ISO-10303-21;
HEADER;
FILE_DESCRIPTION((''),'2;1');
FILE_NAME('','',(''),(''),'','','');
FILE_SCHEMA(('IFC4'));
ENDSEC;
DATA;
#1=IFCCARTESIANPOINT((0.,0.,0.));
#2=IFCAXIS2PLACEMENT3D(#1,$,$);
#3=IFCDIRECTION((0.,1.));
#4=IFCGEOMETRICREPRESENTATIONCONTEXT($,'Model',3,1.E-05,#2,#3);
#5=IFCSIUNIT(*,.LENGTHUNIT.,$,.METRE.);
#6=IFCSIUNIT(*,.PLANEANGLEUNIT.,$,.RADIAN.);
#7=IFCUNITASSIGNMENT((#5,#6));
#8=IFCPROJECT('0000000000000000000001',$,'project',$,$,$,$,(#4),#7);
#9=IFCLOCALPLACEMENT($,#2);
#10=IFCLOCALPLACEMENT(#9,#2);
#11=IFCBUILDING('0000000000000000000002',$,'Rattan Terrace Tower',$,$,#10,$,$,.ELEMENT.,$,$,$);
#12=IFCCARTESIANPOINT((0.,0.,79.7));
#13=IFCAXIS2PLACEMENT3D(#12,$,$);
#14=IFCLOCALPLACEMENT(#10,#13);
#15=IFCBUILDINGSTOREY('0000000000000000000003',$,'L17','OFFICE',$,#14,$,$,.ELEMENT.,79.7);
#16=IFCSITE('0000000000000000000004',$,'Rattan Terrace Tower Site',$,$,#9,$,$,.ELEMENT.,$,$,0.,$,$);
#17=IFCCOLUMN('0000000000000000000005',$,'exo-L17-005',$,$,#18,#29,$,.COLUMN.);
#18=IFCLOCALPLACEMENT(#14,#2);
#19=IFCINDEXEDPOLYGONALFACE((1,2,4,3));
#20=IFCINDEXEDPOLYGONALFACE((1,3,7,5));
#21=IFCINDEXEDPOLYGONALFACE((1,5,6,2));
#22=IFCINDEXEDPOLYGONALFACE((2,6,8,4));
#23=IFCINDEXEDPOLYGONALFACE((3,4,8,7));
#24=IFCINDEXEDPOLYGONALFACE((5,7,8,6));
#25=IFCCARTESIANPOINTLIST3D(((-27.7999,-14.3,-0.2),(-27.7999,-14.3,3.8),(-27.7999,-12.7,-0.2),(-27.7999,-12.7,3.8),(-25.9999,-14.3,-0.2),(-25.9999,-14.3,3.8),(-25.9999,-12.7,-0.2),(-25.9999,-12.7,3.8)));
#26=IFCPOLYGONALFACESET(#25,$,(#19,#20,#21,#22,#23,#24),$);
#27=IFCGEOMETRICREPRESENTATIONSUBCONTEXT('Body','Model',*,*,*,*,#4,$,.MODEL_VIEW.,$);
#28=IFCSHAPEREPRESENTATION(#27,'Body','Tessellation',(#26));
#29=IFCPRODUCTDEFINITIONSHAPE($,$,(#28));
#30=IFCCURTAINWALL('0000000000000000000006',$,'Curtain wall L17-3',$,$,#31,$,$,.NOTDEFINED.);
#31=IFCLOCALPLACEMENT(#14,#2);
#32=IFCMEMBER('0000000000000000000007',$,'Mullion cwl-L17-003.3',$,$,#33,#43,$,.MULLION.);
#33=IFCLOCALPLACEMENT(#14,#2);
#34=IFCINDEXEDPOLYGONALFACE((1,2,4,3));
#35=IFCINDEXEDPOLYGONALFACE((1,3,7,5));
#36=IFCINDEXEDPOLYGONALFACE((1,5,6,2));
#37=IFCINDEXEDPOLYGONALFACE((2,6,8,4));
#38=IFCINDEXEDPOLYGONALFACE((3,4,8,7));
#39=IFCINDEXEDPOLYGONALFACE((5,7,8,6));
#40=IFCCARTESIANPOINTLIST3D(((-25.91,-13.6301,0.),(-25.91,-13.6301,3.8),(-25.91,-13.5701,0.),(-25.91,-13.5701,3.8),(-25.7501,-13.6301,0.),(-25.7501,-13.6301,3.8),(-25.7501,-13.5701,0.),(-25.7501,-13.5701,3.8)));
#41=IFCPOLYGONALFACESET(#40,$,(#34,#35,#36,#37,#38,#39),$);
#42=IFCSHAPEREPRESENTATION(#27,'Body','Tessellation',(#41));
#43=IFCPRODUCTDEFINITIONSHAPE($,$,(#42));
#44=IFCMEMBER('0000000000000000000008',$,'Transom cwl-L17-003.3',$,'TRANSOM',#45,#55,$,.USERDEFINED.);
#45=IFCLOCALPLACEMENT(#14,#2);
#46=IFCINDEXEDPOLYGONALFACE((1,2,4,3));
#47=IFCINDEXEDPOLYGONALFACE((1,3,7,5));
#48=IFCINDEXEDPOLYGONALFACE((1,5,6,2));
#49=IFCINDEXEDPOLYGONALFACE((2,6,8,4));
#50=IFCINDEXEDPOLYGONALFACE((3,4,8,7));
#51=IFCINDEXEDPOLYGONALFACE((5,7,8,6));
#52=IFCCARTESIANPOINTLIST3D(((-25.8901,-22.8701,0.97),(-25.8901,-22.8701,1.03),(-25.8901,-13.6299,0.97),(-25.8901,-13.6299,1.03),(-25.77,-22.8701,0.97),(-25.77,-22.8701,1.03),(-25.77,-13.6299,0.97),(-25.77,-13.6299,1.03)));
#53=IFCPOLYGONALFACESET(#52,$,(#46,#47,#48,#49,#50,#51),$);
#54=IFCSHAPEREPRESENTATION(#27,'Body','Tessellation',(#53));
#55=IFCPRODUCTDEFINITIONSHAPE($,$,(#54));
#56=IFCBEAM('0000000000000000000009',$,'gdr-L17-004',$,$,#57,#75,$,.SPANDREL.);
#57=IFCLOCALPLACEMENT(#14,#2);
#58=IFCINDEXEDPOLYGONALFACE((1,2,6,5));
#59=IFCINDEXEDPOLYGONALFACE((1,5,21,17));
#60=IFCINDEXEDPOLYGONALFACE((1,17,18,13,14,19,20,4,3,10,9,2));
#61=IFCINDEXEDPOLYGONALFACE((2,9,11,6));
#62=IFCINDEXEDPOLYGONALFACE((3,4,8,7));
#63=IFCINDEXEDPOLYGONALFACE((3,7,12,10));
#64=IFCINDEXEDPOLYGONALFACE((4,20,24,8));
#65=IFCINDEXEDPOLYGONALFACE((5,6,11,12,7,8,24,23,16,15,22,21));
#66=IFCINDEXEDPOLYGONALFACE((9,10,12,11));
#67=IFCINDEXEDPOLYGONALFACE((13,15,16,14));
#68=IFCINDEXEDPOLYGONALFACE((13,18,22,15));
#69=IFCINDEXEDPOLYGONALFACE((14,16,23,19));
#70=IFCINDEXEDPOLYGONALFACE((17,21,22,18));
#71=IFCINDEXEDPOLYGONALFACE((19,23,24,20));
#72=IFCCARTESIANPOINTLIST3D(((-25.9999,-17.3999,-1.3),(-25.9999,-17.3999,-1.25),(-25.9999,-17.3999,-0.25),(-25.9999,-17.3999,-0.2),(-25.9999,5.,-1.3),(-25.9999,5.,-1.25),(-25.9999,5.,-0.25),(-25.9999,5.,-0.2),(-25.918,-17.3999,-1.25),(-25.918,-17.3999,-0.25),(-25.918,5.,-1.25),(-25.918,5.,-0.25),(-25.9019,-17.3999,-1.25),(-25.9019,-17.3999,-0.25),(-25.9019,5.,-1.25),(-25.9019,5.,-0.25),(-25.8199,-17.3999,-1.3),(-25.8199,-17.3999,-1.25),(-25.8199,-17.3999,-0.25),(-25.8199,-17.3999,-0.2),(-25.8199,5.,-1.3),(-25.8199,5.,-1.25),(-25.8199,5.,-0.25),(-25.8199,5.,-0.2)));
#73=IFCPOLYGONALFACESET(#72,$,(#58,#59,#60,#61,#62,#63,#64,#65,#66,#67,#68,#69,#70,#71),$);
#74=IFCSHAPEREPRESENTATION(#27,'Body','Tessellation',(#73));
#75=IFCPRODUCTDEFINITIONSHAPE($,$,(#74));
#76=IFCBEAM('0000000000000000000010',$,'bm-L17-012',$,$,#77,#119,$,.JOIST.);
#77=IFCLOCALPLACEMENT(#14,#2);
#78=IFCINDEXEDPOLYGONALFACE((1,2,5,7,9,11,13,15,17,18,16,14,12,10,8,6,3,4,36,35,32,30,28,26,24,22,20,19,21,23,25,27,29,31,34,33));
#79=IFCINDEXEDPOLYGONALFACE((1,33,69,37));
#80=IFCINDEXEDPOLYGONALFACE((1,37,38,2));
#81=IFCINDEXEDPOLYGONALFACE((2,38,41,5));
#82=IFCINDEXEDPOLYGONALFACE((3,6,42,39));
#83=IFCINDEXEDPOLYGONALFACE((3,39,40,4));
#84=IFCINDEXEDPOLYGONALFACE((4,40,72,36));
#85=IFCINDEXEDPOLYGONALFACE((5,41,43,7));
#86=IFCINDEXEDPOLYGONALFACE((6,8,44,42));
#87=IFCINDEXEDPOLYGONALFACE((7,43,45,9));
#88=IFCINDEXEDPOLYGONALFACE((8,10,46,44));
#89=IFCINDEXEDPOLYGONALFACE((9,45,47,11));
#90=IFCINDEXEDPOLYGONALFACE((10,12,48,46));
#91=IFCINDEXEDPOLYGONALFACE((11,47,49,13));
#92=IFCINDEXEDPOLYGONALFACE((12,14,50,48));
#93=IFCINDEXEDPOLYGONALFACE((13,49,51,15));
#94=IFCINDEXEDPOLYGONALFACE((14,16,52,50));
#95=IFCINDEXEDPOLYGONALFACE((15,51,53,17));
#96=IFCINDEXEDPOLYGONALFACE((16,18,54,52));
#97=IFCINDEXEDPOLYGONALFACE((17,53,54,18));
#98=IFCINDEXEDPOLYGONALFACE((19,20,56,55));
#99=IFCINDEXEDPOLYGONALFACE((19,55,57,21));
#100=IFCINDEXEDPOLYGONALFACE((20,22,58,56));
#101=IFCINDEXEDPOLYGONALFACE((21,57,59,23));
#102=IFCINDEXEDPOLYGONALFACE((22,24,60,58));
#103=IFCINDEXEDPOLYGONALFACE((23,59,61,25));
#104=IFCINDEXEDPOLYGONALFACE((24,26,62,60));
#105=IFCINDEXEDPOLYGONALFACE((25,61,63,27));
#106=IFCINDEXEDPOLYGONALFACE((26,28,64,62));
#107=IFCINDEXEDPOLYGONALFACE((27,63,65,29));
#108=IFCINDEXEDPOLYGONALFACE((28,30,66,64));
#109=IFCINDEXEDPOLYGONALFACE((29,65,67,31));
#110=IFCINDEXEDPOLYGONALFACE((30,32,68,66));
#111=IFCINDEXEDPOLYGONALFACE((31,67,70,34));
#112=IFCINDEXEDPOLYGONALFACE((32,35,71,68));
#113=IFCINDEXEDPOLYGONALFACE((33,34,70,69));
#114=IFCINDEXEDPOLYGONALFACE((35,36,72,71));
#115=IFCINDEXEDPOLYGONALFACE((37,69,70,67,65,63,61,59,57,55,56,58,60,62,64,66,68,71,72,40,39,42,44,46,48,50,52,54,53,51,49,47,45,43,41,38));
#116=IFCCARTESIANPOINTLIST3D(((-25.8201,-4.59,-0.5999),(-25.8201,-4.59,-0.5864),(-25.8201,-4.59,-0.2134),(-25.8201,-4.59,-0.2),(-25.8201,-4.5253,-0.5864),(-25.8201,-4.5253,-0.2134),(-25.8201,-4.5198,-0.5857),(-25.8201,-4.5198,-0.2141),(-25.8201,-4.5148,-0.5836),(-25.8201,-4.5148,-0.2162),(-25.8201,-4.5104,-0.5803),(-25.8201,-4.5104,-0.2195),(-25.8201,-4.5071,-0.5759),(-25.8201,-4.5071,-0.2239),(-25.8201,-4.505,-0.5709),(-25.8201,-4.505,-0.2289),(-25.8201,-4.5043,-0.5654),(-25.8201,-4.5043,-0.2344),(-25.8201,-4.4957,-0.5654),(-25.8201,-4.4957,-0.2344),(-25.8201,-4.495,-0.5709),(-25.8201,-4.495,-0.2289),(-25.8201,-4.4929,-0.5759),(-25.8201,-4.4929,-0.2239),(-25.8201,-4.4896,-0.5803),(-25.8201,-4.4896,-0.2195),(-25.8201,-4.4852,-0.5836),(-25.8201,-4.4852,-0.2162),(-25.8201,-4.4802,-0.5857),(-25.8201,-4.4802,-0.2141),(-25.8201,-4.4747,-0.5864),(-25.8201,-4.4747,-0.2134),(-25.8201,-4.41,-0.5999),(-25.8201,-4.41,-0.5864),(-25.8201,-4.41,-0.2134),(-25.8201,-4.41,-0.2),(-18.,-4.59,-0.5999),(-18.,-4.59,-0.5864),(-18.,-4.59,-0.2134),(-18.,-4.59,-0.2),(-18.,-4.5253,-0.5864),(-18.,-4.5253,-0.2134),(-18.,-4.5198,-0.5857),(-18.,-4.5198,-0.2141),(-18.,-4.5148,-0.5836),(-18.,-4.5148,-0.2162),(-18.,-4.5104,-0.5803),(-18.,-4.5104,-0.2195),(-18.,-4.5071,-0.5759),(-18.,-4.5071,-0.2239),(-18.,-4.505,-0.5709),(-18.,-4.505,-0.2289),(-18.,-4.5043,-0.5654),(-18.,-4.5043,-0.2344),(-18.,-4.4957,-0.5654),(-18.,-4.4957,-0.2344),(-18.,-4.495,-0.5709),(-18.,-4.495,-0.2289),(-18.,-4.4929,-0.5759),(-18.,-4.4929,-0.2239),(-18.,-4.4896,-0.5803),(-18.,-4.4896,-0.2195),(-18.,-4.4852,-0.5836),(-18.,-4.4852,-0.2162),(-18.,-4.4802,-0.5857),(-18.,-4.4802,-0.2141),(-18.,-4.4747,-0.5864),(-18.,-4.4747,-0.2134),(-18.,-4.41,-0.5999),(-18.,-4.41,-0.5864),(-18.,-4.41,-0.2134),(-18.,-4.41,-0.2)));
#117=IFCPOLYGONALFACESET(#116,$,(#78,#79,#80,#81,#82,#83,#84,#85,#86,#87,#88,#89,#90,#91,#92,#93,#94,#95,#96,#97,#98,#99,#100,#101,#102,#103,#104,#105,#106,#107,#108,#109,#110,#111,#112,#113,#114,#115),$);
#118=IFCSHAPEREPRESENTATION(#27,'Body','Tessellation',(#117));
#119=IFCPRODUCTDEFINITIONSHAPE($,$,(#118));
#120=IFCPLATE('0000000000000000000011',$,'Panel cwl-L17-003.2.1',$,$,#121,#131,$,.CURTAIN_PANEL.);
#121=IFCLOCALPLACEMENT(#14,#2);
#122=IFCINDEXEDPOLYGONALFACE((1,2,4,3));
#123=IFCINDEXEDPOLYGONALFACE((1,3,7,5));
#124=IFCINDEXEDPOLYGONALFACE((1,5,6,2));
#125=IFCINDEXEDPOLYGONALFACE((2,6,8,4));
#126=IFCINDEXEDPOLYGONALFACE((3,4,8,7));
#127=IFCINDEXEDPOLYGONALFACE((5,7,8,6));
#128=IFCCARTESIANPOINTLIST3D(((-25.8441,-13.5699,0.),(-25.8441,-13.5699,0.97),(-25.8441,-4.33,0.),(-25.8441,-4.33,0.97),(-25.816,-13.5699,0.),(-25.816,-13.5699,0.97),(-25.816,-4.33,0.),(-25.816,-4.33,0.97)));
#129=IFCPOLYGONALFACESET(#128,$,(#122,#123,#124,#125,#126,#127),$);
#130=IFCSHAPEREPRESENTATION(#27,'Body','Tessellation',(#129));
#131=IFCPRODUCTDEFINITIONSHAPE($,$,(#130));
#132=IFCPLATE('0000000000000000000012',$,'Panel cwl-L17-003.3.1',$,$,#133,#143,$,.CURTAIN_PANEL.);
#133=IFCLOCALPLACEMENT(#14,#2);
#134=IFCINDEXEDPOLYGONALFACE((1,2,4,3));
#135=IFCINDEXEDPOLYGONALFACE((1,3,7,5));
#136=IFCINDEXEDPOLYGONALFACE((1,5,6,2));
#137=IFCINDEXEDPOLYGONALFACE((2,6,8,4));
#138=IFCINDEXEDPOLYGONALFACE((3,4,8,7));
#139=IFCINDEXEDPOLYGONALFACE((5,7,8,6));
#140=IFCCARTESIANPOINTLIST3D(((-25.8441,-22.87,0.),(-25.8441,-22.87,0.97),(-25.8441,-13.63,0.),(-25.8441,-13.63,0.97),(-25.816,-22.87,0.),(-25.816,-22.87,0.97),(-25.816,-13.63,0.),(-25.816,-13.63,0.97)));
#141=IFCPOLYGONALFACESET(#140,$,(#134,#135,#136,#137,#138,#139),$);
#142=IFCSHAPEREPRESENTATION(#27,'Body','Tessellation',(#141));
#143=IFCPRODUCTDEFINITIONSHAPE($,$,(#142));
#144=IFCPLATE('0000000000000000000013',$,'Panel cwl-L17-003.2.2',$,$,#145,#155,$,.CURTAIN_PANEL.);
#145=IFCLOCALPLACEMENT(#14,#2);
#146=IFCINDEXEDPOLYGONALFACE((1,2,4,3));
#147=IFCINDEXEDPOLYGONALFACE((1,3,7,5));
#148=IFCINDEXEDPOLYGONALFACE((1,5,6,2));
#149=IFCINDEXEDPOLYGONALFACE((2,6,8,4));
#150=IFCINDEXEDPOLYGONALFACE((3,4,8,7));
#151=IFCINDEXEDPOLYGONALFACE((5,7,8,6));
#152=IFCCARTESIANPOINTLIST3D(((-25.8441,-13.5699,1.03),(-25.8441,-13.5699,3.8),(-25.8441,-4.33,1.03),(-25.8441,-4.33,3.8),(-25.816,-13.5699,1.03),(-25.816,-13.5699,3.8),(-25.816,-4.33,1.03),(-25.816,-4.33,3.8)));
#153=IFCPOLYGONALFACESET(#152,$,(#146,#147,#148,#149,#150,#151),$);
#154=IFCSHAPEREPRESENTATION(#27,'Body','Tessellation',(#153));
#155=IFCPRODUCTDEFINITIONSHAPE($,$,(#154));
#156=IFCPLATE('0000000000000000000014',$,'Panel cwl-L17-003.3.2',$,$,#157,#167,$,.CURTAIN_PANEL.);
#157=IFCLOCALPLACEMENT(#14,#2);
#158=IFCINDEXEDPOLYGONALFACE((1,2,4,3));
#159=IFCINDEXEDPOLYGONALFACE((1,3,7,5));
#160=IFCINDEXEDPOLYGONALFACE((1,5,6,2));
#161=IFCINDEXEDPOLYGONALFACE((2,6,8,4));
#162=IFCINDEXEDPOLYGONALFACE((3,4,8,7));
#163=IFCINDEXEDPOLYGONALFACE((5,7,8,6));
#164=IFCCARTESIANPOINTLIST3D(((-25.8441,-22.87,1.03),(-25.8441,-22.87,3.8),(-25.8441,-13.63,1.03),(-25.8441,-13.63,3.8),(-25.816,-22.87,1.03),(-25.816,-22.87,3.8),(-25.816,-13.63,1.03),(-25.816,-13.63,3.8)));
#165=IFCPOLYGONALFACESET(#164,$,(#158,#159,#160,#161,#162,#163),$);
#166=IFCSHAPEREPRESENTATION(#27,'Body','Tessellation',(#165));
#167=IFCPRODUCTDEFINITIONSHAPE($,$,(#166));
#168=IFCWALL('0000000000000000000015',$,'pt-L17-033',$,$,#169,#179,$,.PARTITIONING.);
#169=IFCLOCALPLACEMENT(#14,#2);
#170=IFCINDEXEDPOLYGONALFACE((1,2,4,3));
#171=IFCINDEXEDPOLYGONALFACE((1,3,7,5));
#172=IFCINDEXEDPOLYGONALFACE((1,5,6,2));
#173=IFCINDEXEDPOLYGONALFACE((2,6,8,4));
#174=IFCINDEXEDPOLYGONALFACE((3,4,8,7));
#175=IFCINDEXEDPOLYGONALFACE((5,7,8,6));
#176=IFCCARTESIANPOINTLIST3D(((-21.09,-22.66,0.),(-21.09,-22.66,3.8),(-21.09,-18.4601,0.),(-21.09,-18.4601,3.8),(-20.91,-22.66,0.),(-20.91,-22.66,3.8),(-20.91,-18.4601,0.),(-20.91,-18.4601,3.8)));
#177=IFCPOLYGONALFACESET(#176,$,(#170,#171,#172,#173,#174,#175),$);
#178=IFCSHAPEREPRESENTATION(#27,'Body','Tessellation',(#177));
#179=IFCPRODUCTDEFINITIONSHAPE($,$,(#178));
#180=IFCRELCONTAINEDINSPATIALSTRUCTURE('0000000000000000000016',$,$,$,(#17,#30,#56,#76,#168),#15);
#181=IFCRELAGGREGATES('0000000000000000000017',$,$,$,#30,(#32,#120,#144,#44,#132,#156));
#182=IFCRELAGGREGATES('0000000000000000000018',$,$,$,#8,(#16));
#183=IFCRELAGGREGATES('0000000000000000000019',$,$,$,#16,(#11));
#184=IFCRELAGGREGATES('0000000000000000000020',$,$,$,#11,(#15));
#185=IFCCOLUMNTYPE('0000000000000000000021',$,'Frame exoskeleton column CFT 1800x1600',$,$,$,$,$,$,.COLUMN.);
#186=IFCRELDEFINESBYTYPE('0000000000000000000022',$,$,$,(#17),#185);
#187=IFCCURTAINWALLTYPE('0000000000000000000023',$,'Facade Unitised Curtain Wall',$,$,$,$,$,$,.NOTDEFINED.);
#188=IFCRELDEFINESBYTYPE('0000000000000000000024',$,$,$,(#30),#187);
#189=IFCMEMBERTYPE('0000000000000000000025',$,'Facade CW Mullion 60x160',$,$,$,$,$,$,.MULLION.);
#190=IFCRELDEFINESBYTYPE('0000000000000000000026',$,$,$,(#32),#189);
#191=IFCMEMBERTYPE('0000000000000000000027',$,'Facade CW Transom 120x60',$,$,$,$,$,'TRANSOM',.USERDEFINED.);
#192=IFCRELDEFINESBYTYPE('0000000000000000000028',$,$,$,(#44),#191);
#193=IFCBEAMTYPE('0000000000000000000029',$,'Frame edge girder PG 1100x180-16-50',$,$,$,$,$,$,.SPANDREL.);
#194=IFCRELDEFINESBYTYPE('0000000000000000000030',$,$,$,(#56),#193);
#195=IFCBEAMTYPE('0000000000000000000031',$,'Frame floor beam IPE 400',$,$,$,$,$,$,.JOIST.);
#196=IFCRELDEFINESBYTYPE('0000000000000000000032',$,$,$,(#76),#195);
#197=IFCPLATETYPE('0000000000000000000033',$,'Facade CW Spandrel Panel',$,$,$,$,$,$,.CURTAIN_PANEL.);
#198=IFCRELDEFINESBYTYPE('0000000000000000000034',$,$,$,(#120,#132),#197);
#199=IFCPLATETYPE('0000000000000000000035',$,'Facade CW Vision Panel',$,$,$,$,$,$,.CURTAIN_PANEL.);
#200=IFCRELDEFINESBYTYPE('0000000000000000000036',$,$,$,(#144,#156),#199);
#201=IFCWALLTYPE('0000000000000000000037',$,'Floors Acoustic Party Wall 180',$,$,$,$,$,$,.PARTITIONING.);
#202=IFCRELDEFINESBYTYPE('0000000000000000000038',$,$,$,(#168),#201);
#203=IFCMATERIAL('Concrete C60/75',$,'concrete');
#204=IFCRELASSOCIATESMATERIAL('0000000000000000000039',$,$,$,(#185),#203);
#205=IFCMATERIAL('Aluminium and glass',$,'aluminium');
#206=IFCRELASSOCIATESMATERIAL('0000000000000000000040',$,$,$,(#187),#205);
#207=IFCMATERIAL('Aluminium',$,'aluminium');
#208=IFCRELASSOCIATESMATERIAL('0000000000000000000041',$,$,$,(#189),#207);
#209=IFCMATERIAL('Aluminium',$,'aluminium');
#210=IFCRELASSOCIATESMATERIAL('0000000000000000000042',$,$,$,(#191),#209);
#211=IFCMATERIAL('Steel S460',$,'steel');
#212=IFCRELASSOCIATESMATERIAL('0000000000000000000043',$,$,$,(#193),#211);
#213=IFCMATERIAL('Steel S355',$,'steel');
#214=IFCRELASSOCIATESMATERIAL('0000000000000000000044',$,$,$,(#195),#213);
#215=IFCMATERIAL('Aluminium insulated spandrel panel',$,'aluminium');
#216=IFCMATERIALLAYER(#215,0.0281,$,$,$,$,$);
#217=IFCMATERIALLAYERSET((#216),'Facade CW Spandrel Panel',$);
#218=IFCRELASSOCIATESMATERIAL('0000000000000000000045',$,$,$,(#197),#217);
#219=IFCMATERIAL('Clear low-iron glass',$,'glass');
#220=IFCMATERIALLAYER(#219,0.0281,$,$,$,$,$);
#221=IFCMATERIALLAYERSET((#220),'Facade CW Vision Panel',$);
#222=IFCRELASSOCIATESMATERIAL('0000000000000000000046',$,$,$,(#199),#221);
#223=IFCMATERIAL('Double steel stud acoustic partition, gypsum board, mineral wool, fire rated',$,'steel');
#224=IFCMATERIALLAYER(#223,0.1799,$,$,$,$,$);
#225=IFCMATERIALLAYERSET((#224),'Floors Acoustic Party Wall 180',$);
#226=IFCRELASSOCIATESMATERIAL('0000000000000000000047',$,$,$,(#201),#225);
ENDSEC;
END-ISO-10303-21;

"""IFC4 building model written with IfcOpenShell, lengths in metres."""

from ifc_helpers import new_model, si_unit, direction, frame, frame_2d, origin, origin_2d, place, context, subcontext, project, spatial, rectangle, i_section, extrude, material, layer, layer_set, material_profile, profile_set, type_object, element, aggregate, save


model = new_model("IFC4")

# Units and contexts
model_context = context("Model", 3, precision=1e-05, world=origin(), true_north=direction((0.0, 1.0)))
body_context = subcontext(model_context, "Body", "Model", "MODEL_VIEW")
ifc_project = project(units=[si_unit("LENGTHUNIT", "METRE"), si_unit("PLANEANGLEUNIT", "RADIAN")], contexts=[model_context])

# Site, building, storey
site_placement = place(None, origin())
site = spatial("IfcSite", under=ifc_project, at=site_placement, Name="Rattan Terrace Tower Site", CompositionType="ELEMENT", RefElevation=0.0)
building_placement = place(site_placement, origin())
building = spatial("IfcBuilding", under=site, at=building_placement, Name="Rattan Terrace Tower", CompositionType="ELEMENT")
storey_placement = place(building_placement, frame((0.0, 0.0, 79.7)))
storey = spatial("IfcBuildingStorey", under=building, at=storey_placement, Name="L17", Description="OFFICE", CompositionType="ELEMENT", Elevation=79.7)

# Column
ifc_material_1 = material(Name="Concrete C60/75", Category="concrete")
ifc_material_profile_1 = material_profile(ifc_material_1, rectangle(XDim=1.6001, YDim=1.8, at=origin_2d()), Name="CFT 1800x1600")
ifc_profile_set_1 = profile_set([ifc_material_profile_1], Name="Concrete C60/75")
column_type = type_object("IfcColumnType", Name="Frame exoskeleton column CFT 1800x1600", PredefinedType="COLUMN", material=ifc_profile_set_1)
column_placement = place(storey_placement, frame((-26.8999, -13.5, -0.2), z_axis=(0.0, 0.0, 1.0), x_axis=(0.0, 1.0, 0.0)))
element("IfcColumn", 1, at=column_placement, inside=storey, type_object=column_type, Name="exo-L17-005", PredefinedType="COLUMN", context=body_context, shape_type="SweptSolid", body=[
    extrude(rectangle(XDim=1.6001, YDim=1.8, at=origin_2d()), origin(), (0.0, 0.0, 1.0), 4.0),
])

# Curtain wall, members
ifc_material_2 = material(Name="Aluminium and glass", Category="aluminium")
curtain_wall_type = type_object("IfcCurtainWallType", Name="Facade Unitised Curtain Wall", PredefinedType="NOTDEFINED", material=ifc_material_2)
curtain_wall_placement = place(storey_placement, origin())
curtain_wall = element("IfcCurtainWall", 2, at=curtain_wall_placement, inside=storey, type_object=curtain_wall_type, Name="Curtain wall L17-3", PredefinedType="NOTDEFINED")
ifc_material_3 = material(Name="Aluminium", Category="aluminium")
ifc_material_profile_2 = material_profile(ifc_material_3, rectangle(XDim=0.0601, YDim=0.1599, at=origin_2d()), Name="Aluminium 60x160")
ifc_profile_set_2 = profile_set([ifc_material_profile_2], Name="Aluminium")
member_type_1 = type_object("IfcMemberType", Name="Facade CW Mullion 60x160", PredefinedType="MULLION", material=ifc_profile_set_2)
member_1_placement = place(storey_placement, frame((-25.8301, -13.6001, 0.0), z_axis=(0.0, 0.0, 1.0), x_axis=(0.0, -1.0, 0.0)))
member_1 = element("IfcMember", 3, at=member_1_placement, type_object=member_type_1, Name="Mullion cwl-L17-003.3", PredefinedType="MULLION", context=body_context, shape_type="SweptSolid", body=[
    extrude(rectangle(XDim=0.0601, YDim=0.1599, at=origin_2d()), origin(), (0.0, 0.0, 1.0), 3.8),
])
ifc_material_4 = material(Name="Aluminium", Category="aluminium")
ifc_material_profile_3 = material_profile(ifc_material_4, rectangle(XDim=0.1201, YDim=0.0601, at=origin_2d()), Name="Aluminium 120x60")
ifc_profile_set_3 = profile_set([ifc_material_profile_3], Name="Aluminium")
member_type_2 = type_object("IfcMemberType", Name="Facade CW Transom 120x60", ElementType="TRANSOM", PredefinedType="USERDEFINED", material=ifc_profile_set_3)
member_2_placement = place(storey_placement, frame((-25.8301, -13.6299, 1.0), z_axis=(0.0, -1.0, 0.0), x_axis=(1.0, 0.0, 0.0)))
member_2 = element("IfcMember", 4, at=member_2_placement, type_object=member_type_2, Name="Transom cwl-L17-003.3", ObjectType="TRANSOM", PredefinedType="USERDEFINED", context=body_context, shape_type="SweptSolid", body=[
    extrude(rectangle(XDim=0.1201, YDim=0.0601, at=origin_2d()), origin(), (0.0, 0.0, 1.0), 9.2402),
])

# Beams
ifc_material_5 = material(Name="Steel S460", Category="steel")
ifc_material_profile_4 = material_profile(ifc_material_5, i_section(OverallWidth=0.1799, OverallDepth=1.1001, WebThickness=0.0161, FlangeThickness=0.05, at=origin_2d()), Name="PG 1100x180-16-50")
ifc_profile_set_4 = profile_set([ifc_material_profile_4], Name="Steel S460")
beam_type_1 = type_object("IfcBeamType", Name="Frame edge girder PG 1100x180-16-50", PredefinedType="SPANDREL", material=ifc_profile_set_4)
beam_1_placement = place(storey_placement, frame((-25.9099, -17.3999, -0.75), z_axis=(0.0, 1.0, 0.0), x_axis=(-1.0, 0.0, 0.0)))
element("IfcBeam", 5, at=beam_1_placement, inside=storey, type_object=beam_type_1, Name="gdr-L17-004", PredefinedType="SPANDREL", context=body_context, shape_type="SweptSolid", body=[
    extrude(i_section(OverallWidth=0.1799, OverallDepth=1.1001, WebThickness=0.0161, FlangeThickness=0.05, at=origin_2d()), origin(), (0.0, 0.0, 1.0), 22.3999),
])
ifc_material_6 = material(Name="Steel S355", Category="steel")
ifc_material_profile_5 = material_profile(ifc_material_6, i_section(OverallWidth=0.1799, OverallDepth=0.3999, WebThickness=0.0085, FlangeThickness=0.0134, FilletRadius=0.021, at=origin_2d()), Name="IPE 400")
ifc_profile_set_5 = profile_set([ifc_material_profile_5], Name="Steel S355")
beam_type_2 = type_object("IfcBeamType", Name="Frame floor beam IPE 400", PredefinedType="JOIST", material=ifc_profile_set_5)
beam_2_placement = place(storey_placement, frame((-25.8201, -4.5, -0.3999), z_axis=(1.0, 0.0, 0.0), x_axis=(0.0, 1.0, 0.0)))
element("IfcBeam", 6, at=beam_2_placement, inside=storey, type_object=beam_type_2, Name="bm-L17-012", PredefinedType="JOIST", context=body_context, shape_type="SweptSolid", body=[
    extrude(i_section(OverallWidth=0.1799, OverallDepth=0.3999, WebThickness=0.0085, FlangeThickness=0.0134, FilletRadius=0.021, at=origin_2d()), origin(), (0.0, 0.0, 1.0), 7.8201),
])

# Plates
ifc_material_7 = material(Name="Aluminium insulated spandrel panel", Category="aluminium")
ifc_layer_1 = layer(ifc_material_7, 0.0281)
ifc_layer_set_1 = layer_set([ifc_layer_1], Name="Facade CW Spandrel Panel")
plate_type_1 = type_object("IfcPlateType", Name="Facade CW Spandrel Panel", PredefinedType="CURTAIN_PANEL", material=ifc_layer_set_1)
plate_1_placement = place(storey_placement, frame((-25.8301, -8.95, 0.0), z_axis=(0.0, 0.0, 1.0), x_axis=(0.0, -1.0, 0.0)))
plate_1 = element("IfcPlate", 7, at=plate_1_placement, type_object=plate_type_1, Name="Panel cwl-L17-003.2.1", PredefinedType="CURTAIN_PANEL", context=body_context, shape_type="SweptSolid", body=[
    extrude(rectangle(XDim=9.24, YDim=0.0281, at=origin_2d()), origin(), (0.0, 0.0, 1.0), 0.97),
])
plate_2_placement = place(storey_placement, frame((-25.8301, -18.25, 0.0), z_axis=(0.0, 0.0, 1.0), x_axis=(0.0, -1.0, 0.0)))
plate_2 = element("IfcPlate", 8, at=plate_2_placement, type_object=plate_type_1, Name="Panel cwl-L17-003.3.1", PredefinedType="CURTAIN_PANEL", context=body_context, shape_type="SweptSolid", body=[
    extrude(rectangle(XDim=9.24, YDim=0.0281, at=origin_2d()), origin(), (0.0, 0.0, 1.0), 0.97),
])
ifc_material_8 = material(Name="Clear low-iron glass", Category="glass")
ifc_layer_2 = layer(ifc_material_8, 0.0281)
ifc_layer_set_2 = layer_set([ifc_layer_2], Name="Facade CW Vision Panel")
plate_type_2 = type_object("IfcPlateType", Name="Facade CW Vision Panel", PredefinedType="CURTAIN_PANEL", material=ifc_layer_set_2)
plate_3_placement = place(storey_placement, frame((-25.8301, -8.95, 1.03), z_axis=(0.0, 0.0, 1.0), x_axis=(0.0, -1.0, 0.0)))
plate_3 = element("IfcPlate", 9, at=plate_3_placement, type_object=plate_type_2, Name="Panel cwl-L17-003.2.2", PredefinedType="CURTAIN_PANEL", context=body_context, shape_type="SweptSolid", body=[
    extrude(rectangle(XDim=9.24, YDim=0.0281, at=origin_2d()), origin(), (0.0, 0.0, 1.0), 2.77),
])
plate_4_placement = place(storey_placement, frame((-25.8301, -18.25, 1.03), z_axis=(0.0, 0.0, 1.0), x_axis=(0.0, -1.0, 0.0)))
plate_4 = element("IfcPlate", 10, at=plate_4_placement, type_object=plate_type_2, Name="Panel cwl-L17-003.3.2", PredefinedType="CURTAIN_PANEL", context=body_context, shape_type="SweptSolid", body=[
    extrude(rectangle(XDim=9.24, YDim=0.0281, at=origin_2d()), origin(), (0.0, 0.0, 1.0), 2.77),
])
aggregate(curtain_wall, [member_1, plate_1, plate_3, member_2, plate_2, plate_4])

# Wall
ifc_material_9 = material(Name="Double steel stud acoustic partition, gypsum board, mineral wool, fire rated", Category="steel")
ifc_layer_3 = layer(ifc_material_9, 0.1799)
ifc_layer_set_3 = layer_set([ifc_layer_3], Name="Floors Acoustic Party Wall 180")
wall_type_1 = type_object("IfcWallType", Name="Floors Acoustic Party Wall 180", PredefinedType="PARTITIONING", material=ifc_layer_set_3)
wall_1_placement = place(storey_placement, frame((-21.0, -18.46, 0.0), z_axis=(0.0, 0.0, 1.0), x_axis=(0.0, -1.0, 0.0)))
element("IfcWall", 11, at=wall_1_placement, inside=storey, type_object=wall_type_1, Name="pt-L17-033", PredefinedType="PARTITIONING", context=body_context, shape_type="SweptSolid", body=[
    extrude(rectangle(XDim=4.2, YDim=0.1799, at=frame_2d((2.1001, 0.0))), origin(), (0.0, 0.0, 1.0), 3.8),
])

save(model, "model.ifc")
